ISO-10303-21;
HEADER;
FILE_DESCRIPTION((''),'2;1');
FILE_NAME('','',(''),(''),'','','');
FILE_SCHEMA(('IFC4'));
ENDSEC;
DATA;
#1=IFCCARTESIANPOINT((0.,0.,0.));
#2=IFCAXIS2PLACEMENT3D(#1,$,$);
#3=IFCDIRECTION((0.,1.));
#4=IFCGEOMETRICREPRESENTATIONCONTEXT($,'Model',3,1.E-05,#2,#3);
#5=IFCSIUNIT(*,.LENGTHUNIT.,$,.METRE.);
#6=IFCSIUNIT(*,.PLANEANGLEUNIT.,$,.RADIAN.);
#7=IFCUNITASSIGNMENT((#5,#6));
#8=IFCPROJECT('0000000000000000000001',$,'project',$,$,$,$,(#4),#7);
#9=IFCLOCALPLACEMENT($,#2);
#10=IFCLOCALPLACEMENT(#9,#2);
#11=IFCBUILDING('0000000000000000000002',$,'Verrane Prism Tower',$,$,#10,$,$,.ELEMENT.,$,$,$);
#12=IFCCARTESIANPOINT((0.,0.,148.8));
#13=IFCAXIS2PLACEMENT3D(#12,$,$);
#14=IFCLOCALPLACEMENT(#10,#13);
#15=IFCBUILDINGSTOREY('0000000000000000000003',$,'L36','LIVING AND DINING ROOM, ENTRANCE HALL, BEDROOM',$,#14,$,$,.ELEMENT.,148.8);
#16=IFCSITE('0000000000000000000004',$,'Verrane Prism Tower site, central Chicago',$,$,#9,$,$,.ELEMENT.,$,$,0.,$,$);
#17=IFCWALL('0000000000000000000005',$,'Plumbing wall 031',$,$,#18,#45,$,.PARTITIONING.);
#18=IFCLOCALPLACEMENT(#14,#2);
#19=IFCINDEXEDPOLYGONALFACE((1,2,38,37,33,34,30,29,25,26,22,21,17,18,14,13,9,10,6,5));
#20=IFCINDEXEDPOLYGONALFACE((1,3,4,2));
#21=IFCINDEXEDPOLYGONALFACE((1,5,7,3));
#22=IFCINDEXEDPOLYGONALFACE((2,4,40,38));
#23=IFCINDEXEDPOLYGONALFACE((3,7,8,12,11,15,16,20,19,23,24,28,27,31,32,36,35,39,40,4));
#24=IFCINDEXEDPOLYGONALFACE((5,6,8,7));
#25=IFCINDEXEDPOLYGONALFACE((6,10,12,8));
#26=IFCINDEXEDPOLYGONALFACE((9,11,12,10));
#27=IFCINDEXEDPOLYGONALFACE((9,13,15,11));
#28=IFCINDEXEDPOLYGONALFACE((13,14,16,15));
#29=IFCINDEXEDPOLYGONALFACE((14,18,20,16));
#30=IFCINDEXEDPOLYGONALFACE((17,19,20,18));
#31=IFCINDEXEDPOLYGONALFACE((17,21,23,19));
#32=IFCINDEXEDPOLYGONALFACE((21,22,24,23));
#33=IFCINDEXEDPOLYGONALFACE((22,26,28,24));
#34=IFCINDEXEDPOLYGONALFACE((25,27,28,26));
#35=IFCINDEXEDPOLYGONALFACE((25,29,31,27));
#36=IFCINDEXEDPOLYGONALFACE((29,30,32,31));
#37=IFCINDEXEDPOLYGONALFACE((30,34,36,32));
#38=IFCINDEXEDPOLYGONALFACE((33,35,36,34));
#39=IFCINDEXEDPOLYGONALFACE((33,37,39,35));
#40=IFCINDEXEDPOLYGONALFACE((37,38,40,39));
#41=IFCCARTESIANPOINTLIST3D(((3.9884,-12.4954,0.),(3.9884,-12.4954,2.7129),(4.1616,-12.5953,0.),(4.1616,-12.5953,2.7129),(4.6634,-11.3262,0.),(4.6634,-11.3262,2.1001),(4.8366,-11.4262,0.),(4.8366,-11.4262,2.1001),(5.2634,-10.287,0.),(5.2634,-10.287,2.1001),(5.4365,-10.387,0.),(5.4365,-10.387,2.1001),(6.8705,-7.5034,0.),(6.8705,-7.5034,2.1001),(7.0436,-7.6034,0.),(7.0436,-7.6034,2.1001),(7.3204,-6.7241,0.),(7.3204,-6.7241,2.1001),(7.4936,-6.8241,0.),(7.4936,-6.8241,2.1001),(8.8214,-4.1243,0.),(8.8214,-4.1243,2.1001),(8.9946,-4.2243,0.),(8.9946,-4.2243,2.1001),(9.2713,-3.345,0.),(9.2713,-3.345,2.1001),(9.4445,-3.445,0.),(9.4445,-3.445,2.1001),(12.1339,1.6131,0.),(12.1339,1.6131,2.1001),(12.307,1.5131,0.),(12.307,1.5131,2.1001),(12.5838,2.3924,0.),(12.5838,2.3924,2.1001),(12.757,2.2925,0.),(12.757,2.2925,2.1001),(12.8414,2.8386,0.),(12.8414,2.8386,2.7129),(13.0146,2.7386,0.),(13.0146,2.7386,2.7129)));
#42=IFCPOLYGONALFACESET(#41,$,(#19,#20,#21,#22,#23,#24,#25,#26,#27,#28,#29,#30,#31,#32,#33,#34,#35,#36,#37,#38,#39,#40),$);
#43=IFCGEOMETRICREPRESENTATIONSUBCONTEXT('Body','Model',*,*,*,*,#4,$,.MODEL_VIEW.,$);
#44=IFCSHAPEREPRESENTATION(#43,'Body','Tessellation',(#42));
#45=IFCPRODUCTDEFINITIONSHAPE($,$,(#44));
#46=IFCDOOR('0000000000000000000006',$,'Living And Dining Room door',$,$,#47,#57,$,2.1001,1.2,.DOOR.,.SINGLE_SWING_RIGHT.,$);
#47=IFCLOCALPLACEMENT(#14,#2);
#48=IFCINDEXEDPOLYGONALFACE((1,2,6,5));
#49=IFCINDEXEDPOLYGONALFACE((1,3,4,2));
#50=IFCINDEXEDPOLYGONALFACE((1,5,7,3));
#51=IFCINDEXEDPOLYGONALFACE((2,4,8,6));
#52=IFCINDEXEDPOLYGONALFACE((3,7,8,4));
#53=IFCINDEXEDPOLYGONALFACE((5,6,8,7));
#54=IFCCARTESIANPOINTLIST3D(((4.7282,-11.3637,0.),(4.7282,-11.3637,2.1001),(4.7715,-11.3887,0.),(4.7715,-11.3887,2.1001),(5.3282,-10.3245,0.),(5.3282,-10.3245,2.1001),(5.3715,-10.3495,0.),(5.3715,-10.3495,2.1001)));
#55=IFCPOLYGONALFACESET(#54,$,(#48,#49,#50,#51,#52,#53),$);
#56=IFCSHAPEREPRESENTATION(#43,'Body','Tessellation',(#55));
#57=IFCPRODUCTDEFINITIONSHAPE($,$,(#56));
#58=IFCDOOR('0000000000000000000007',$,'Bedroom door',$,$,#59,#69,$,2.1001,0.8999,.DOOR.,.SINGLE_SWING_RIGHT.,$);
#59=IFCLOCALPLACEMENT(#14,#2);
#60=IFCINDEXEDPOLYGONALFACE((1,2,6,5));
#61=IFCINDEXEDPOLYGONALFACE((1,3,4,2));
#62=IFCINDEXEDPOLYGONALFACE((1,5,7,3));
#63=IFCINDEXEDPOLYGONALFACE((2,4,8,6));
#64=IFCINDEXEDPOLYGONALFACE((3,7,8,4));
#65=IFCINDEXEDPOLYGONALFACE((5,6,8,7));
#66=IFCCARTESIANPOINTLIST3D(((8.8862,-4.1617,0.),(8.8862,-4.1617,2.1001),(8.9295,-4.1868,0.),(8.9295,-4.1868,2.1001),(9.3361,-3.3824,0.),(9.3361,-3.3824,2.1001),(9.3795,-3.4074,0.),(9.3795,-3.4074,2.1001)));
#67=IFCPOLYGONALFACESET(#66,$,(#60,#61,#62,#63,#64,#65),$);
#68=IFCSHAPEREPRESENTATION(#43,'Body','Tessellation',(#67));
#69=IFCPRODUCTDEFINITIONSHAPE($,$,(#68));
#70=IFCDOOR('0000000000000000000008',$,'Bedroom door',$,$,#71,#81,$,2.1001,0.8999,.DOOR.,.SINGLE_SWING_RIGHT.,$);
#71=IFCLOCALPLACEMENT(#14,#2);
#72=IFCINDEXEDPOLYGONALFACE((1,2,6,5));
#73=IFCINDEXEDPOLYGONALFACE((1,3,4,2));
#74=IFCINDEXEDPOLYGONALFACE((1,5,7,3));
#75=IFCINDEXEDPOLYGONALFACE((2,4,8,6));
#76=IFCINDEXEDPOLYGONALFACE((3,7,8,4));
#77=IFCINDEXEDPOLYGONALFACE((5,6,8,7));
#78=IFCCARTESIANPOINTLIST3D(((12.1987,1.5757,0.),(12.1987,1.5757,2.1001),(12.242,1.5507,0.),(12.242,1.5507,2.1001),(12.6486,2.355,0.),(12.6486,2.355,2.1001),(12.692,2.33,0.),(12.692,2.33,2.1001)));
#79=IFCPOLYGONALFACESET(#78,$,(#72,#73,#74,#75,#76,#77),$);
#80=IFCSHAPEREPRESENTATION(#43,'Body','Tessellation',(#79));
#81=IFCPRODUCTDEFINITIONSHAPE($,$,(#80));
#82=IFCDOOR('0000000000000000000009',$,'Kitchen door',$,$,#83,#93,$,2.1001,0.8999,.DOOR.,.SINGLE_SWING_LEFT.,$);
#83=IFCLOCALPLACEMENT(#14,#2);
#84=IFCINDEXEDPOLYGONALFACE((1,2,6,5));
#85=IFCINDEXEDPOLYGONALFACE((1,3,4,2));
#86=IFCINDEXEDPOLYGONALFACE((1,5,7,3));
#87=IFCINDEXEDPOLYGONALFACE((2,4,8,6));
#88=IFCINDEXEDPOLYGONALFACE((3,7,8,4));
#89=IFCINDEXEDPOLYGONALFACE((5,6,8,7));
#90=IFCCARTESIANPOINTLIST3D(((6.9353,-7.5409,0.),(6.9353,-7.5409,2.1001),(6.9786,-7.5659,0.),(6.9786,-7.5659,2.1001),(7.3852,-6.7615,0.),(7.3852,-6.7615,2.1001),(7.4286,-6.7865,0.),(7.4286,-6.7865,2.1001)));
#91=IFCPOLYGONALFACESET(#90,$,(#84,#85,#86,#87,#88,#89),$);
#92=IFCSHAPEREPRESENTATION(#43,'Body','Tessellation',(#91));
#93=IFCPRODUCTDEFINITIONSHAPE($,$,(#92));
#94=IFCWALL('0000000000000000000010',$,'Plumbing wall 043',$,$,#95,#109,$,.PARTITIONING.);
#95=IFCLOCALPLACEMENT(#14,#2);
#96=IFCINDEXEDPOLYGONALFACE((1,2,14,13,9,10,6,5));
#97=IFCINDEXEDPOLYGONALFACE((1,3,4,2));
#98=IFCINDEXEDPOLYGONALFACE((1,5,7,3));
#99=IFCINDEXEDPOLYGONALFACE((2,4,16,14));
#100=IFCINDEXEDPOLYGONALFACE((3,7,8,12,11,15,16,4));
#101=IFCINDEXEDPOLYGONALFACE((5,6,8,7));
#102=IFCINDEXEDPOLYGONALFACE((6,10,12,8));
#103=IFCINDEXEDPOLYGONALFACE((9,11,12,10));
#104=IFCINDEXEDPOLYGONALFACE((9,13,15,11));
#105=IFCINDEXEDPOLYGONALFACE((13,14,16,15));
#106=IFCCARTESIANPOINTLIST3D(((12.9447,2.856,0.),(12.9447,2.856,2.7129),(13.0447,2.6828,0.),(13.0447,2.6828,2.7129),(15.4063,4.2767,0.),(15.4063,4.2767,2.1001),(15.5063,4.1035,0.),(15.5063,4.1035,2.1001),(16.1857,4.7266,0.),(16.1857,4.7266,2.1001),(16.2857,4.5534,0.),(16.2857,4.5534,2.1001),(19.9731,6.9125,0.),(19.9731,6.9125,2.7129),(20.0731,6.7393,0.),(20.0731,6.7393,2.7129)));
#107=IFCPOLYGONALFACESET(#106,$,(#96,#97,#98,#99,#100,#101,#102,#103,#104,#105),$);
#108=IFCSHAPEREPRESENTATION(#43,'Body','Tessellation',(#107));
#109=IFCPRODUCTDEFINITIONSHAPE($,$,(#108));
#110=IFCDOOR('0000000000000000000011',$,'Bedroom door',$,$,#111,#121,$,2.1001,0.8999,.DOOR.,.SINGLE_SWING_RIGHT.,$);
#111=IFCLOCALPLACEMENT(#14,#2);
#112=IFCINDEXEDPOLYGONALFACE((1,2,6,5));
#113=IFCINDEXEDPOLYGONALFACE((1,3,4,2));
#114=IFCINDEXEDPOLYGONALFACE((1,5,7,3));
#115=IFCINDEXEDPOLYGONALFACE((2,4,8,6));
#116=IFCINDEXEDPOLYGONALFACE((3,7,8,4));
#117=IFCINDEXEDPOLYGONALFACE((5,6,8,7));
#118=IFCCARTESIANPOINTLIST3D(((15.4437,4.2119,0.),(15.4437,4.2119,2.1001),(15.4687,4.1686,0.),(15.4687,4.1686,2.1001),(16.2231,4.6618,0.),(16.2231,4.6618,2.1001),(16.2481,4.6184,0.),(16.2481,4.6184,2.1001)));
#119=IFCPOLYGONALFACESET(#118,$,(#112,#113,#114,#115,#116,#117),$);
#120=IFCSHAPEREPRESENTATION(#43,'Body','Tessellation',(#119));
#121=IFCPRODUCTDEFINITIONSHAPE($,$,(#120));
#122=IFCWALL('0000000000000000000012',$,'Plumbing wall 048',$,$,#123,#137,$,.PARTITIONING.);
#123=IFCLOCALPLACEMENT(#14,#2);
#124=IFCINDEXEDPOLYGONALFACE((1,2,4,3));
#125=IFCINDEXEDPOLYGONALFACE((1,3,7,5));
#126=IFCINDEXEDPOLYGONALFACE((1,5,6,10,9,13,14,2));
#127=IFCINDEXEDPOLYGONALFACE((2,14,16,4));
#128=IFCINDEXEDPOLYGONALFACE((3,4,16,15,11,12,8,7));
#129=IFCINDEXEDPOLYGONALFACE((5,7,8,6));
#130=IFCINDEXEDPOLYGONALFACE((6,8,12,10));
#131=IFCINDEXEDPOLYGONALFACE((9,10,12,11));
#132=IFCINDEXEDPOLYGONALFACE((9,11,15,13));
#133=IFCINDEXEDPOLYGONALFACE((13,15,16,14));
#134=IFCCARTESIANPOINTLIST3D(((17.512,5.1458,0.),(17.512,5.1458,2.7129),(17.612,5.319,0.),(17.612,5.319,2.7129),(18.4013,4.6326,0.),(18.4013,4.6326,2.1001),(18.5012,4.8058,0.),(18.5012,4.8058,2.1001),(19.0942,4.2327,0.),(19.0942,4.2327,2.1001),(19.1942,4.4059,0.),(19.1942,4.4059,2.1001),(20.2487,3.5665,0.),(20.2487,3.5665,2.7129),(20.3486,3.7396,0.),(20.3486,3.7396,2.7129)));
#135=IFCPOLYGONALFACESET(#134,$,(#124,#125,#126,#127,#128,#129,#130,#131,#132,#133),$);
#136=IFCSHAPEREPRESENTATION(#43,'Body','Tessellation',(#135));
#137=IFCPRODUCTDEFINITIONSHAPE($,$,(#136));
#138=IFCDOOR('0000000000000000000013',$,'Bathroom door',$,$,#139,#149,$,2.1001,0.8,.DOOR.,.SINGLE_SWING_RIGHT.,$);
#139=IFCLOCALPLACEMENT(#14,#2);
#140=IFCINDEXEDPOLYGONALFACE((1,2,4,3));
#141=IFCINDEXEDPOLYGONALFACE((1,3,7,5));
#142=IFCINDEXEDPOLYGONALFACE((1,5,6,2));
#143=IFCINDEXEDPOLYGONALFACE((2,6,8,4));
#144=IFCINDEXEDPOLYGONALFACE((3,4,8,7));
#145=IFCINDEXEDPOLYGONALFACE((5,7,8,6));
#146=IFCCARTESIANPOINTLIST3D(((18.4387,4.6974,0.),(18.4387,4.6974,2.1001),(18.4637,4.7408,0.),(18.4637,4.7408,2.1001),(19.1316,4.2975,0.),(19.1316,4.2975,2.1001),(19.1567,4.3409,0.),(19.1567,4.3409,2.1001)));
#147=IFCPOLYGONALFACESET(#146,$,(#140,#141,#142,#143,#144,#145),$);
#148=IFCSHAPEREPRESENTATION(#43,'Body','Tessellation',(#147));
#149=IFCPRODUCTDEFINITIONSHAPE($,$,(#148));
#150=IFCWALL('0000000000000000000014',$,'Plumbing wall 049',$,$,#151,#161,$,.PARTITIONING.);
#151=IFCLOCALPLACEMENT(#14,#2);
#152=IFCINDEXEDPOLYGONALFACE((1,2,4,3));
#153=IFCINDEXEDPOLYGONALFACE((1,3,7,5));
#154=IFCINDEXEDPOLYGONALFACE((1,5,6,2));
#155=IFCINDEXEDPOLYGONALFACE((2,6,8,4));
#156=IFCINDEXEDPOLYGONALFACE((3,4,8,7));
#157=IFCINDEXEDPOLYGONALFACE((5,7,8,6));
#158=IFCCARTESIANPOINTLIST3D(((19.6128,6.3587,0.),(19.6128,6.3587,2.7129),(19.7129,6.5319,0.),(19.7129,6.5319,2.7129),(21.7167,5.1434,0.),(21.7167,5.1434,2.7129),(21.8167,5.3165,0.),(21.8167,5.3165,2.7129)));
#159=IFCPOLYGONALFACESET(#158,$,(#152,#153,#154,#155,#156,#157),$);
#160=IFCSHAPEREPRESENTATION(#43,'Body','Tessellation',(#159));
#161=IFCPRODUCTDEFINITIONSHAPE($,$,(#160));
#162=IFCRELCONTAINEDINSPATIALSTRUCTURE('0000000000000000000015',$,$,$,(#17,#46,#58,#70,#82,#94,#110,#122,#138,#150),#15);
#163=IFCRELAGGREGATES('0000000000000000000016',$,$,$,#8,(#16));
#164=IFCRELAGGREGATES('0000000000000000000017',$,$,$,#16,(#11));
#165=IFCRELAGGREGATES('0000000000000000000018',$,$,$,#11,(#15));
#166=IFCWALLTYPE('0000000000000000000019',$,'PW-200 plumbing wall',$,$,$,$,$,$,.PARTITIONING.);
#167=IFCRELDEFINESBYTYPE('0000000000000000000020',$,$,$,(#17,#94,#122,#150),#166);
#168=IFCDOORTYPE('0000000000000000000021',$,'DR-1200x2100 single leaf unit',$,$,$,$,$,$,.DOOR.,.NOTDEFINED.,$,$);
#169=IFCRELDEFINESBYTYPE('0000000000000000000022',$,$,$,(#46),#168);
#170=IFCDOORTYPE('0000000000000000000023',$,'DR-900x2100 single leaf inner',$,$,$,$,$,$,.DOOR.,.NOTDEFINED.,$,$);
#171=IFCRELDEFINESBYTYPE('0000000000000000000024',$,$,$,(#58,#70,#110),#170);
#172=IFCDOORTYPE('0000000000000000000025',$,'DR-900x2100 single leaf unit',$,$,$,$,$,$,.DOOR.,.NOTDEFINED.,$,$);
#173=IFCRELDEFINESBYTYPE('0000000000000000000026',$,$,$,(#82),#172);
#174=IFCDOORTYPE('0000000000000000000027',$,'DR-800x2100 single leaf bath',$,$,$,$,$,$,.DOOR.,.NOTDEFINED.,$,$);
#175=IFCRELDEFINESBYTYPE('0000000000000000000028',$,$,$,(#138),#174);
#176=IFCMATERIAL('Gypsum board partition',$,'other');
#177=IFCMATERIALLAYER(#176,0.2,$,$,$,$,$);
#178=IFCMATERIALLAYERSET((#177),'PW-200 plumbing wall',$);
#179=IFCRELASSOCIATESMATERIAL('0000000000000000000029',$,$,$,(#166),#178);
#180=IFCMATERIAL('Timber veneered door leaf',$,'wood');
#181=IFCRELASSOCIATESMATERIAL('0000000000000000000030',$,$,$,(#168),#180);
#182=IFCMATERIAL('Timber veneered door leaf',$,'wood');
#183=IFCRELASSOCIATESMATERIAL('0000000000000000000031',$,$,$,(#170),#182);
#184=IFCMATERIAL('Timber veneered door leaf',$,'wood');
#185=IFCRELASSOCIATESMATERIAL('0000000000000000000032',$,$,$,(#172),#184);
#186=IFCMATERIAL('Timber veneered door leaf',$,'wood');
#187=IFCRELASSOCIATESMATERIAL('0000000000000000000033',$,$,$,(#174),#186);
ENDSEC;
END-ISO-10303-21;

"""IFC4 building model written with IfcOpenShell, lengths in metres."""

from ifc_helpers import new_model, si_unit, direction, frame, frame_2d, origin, place, context, subcontext, project, spatial, rectangle, extrude, material, layer, layer_set, type_object, element, fill, save


model = new_model("IFC4")

# Units and contexts
model_context = context("Model", 3, precision=1e-05, world=origin(), true_north=direction((0.0, 1.0)))
body_context = subcontext(model_context, "Body", "Model", "MODEL_VIEW")
ifc_project = project(units=[si_unit("LENGTHUNIT", "METRE"), si_unit("PLANEANGLEUNIT", "RADIAN")], contexts=[model_context])

# Site, building, storey
site_placement = place(None, origin())
site = spatial("IfcSite", under=ifc_project, at=site_placement, Name="Verrane Prism Tower site, central Chicago", CompositionType="ELEMENT", RefElevation=0.0)
building_placement = place(site_placement, origin())
building = spatial("IfcBuilding", under=site, at=building_placement, Name="Verrane Prism Tower", CompositionType="ELEMENT")
storey_placement = place(building_placement, frame((0.0, 0.0, 148.8)))
storey = spatial("IfcBuildingStorey", under=building, at=storey_placement, Name="L36", Description="LIVING AND DINING ROOM, ENTRANCE HALL, BEDROOM", CompositionType="ELEMENT", Elevation=148.8)

# Wall, openings, doors
ifc_material_1 = material(Name="Gypsum board partition", Category="other")
ifc_layer_1 = layer(ifc_material_1, 0.2)
ifc_layer_set_1 = layer_set([ifc_layer_1], Name="PW-200 plumbing wall")
wall_type_1 = type_object("IfcWallType", Name="PW-200 plumbing wall", PredefinedType="PARTITIONING", material=ifc_layer_set_1)
wall_1_placement = place(storey_placement, frame((12.928, 2.7886, 0.0), z_axis=(0.0, 0.0, 1.0), x_axis=(-0.499998, -0.866027, 0.0)))
wall_1 = element("IfcWall", 1, at=wall_1_placement, inside=storey, type_object=wall_type_1, Name="Plumbing wall 031", PredefinedType="PARTITIONING", context=body_context, shape_type="SweptSolid", body=[
    extrude(rectangle(XDim=17.7061, YDim=0.2, at=frame_2d((8.853, 0.0))), origin(), (0.0, 0.0, 1.0), 2.7129),
])
opening_1_placement = place(wall_1_placement, frame((15.156, 0.0, 0.0)))
opening_1 = element("IfcOpeningElement", 2, at=opening_1_placement, cuts=wall_1, PredefinedType="OPENING", context=body_context, shape_type="SweptSolid", body=[
    extrude(rectangle(XDim=1.2, YDim=2.1001, at=frame_2d((0.6001, 1.05))), frame((0.0, 0.1099, 0.0), z_axis=(0.0, -1.0, 0.0), x_axis=(1.0, 0.0, 0.0)), (0.0, 0.0, 1.0), 0.22),
])
opening_2_placement = place(wall_1_placement, frame((11.042, 0.0, 0.0)))
opening_2 = element("IfcOpeningElement", 3, at=opening_2_placement, cuts=wall_1, PredefinedType="OPENING", context=body_context, shape_type="SweptSolid", body=[
    extrude(rectangle(XDim=0.8999, YDim=2.1001, at=frame_2d((0.45, 1.05))), frame((0.0, 0.1099, 0.0), z_axis=(0.0, -1.0, 0.0), x_axis=(1.0, 0.0, 0.0)), (0.0, 0.0, 1.0), 0.22),
])
opening_3_placement = place(wall_1_placement, frame((7.1401, 0.0, 0.0)))
opening_3 = element("IfcOpeningElement", 4, at=opening_3_placement, cuts=wall_1, PredefinedType="OPENING", context=body_context, shape_type="SweptSolid", body=[
    extrude(rectangle(XDim=0.8999, YDim=2.1001, at=frame_2d((0.45, 1.05))), frame((0.0, 0.1099, 0.0), z_axis=(0.0, -1.0, 0.0), x_axis=(1.0, 0.0, 0.0)), (0.0, 0.0, 1.0), 0.22),
])
opening_4_placement = place(wall_1_placement, frame((0.5151, 0.0, 0.0)))
opening_4 = element("IfcOpeningElement", 5, at=opening_4_placement, cuts=wall_1, PredefinedType="OPENING", context=body_context, shape_type="SweptSolid", body=[
    extrude(rectangle(XDim=0.8999, YDim=2.1001, at=frame_2d((0.45, 1.05))), frame((0.0, 0.1099, 0.0), z_axis=(0.0, -1.0, 0.0), x_axis=(1.0, 0.0, 0.0)), (0.0, 0.0, 1.0), 0.22),
])
ifc_material_2 = material(Name="Timber veneered door leaf", Category="wood")
door_type_1 = type_object("IfcDoorType", Name="DR-1200x2100 single leaf unit", OperationType="NOTDEFINED", PredefinedType="DOOR", material=ifc_material_2)
door_1_placement = place(opening_1_placement, origin())
door_1 = element("IfcDoor", 6, at=door_1_placement, inside=storey, type_object=door_type_1, Name="Living And Dining Room door", OperationType="SINGLE_SWING_RIGHT", OverallHeight=2.1001, OverallWidth=1.2, PredefinedType="DOOR", context=body_context, shape_type="SweptSolid", body=[
    extrude(rectangle(XDim=1.2, YDim=2.1001, at=frame_2d((0.6001, 1.05))), frame((0.0, 0.0249, 0.0), z_axis=(0.0, -1.0, 0.0), x_axis=(1.0, 0.0, 0.0)), (0.0, 0.0, 1.0), 0.05),
])
fill(opening_1, door_1)
ifc_material_3 = material(Name="Timber veneered door leaf", Category="wood")
door_type_2 = type_object("IfcDoorType", Name="DR-900x2100 single leaf inner", OperationType="NOTDEFINED", PredefinedType="DOOR", material=ifc_material_3)
door_2_placement = place(opening_3_placement, origin())
door_2 = element("IfcDoor", 7, at=door_2_placement, inside=storey, type_object=door_type_2, Name="Bedroom door", OperationType="SINGLE_SWING_RIGHT", OverallHeight=2.1001, OverallWidth=0.8999, PredefinedType="DOOR", context=body_context, shape_type="SweptSolid", body=[
    extrude(rectangle(XDim=0.8999, YDim=2.1001, at=frame_2d((0.45, 1.05))), frame((0.0, 0.0249, 0.0), z_axis=(0.0, -1.0, 0.0), x_axis=(1.0, 0.0, 0.0)), (0.0, 0.0, 1.0), 0.05),
])
fill(opening_3, door_2)
door_3_placement = place(opening_4_placement, origin())
door_3 = element("IfcDoor", 8, at=door_3_placement, inside=storey, type_object=door_type_2, Name="Bedroom door", OperationType="SINGLE_SWING_RIGHT", OverallHeight=2.1001, OverallWidth=0.8999, PredefinedType="DOOR", context=body_context, shape_type="SweptSolid", body=[
    extrude(rectangle(XDim=0.8999, YDim=2.1001, at=frame_2d((0.45, 1.05))), frame((0.0, 0.0249, 0.0), z_axis=(0.0, -1.0, 0.0), x_axis=(1.0, 0.0, 0.0)), (0.0, 0.0, 1.0), 0.05),
])
fill(opening_4, door_3)
ifc_material_4 = material(Name="Timber veneered door leaf", Category="wood")
door_type_3 = type_object("IfcDoorType", Name="DR-900x2100 single leaf unit", OperationType="NOTDEFINED", PredefinedType="DOOR", material=ifc_material_4)
door_4_placement = place(opening_2_placement, origin())
door_4 = element("IfcDoor", 9, at=door_4_placement, inside=storey, type_object=door_type_3, Name="Kitchen door", OperationType="SINGLE_SWING_LEFT", OverallHeight=2.1001, OverallWidth=0.8999, PredefinedType="DOOR", context=body_context, shape_type="SweptSolid", body=[
    extrude(rectangle(XDim=0.8999, YDim=2.1001, at=frame_2d((0.45, 1.05))), frame((0.0, 0.0249, 0.0), z_axis=(0.0, -1.0, 0.0), x_axis=(1.0, 0.0, 0.0)), (0.0, 0.0, 1.0), 0.05),
])
fill(opening_2, door_4)

# Walls, openings, doors
wall_2_placement = place(storey_placement, frame((20.0232, 6.8259, 0.0), z_axis=(0.0, 0.0, 1.0), x_axis=(-0.8661, -0.49987, 0.0)))
wall_2 = element("IfcWall", 10, at=wall_2_placement, inside=storey, type_object=wall_type_1, Name="Plumbing wall 043", PredefinedType="PARTITIONING", context=body_context, shape_type="SweptSolid", body=[
    extrude(rectangle(XDim=8.115, YDim=0.2, at=frame_2d((4.0576, 0.0))), origin(), (0.0, 0.0, 1.0), 2.7129),
])
opening_5_placement = place(wall_2_placement, frame((4.373, 0.0, 0.0)))
opening_5 = element("IfcOpeningElement", 11, at=opening_5_placement, cuts=wall_2, PredefinedType="OPENING", context=body_context, shape_type="SweptSolid", body=[
    extrude(rectangle(XDim=0.8999, YDim=2.1001, at=frame_2d((0.45, 1.05))), frame((0.0, 0.1099, 0.0), z_axis=(0.0, -1.0, 0.0), x_axis=(1.0, 0.0, 0.0)), (0.0, 0.0, 1.0), 0.22),
])
door_5_placement = place(opening_5_placement, origin())
door_5 = element("IfcDoor", 12, at=door_5_placement, inside=storey, type_object=door_type_2, Name="Bedroom door", OperationType="SINGLE_SWING_RIGHT", OverallHeight=2.1001, OverallWidth=0.8999, PredefinedType="DOOR", context=body_context, shape_type="SweptSolid", body=[
    extrude(rectangle(XDim=0.8999, YDim=2.1001, at=frame_2d((0.45, 1.05))), frame((0.0, 0.0249, 0.0), z_axis=(0.0, -1.0, 0.0), x_axis=(1.0, 0.0, 0.0)), (0.0, 0.0, 1.0), 0.05),
])
fill(opening_5, door_5)
wall_3_placement = place(storey_placement, frame((17.562, 5.2324, 0.0), z_axis=(0.0, 0.0, 1.0), x_axis=(0.86611, -0.499854, 0.0)))
wall_3 = element("IfcWall", 13, at=wall_3_placement, inside=storey, type_object=wall_type_1, Name="Plumbing wall 048", PredefinedType="PARTITIONING", context=body_context, shape_type="SweptSolid", body=[
    extrude(rectangle(XDim=3.1597, YDim=0.2, at=frame_2d((1.5798, 0.0))), origin(), (0.0, 0.0, 1.0), 2.7129),
])
opening_6_placement = place(wall_3_placement, frame((1.0269, 0.0, 0.0)))
opening_6 = element("IfcOpeningElement", 14, at=opening_6_placement, cuts=wall_3, PredefinedType="OPENING", context=body_context, shape_type="SweptSolid", body=[
    extrude(rectangle(XDim=0.8, YDim=2.1001, at=frame_2d((0.3999, 1.05))), frame((0.0, 0.1099, 0.0), z_axis=(0.0, -1.0, 0.0), x_axis=(1.0, 0.0, 0.0)), (0.0, 0.0, 1.0), 0.22),
])
ifc_material_5 = material(Name="Timber veneered door leaf", Category="wood")
door_type_4 = type_object("IfcDoorType", Name="DR-800x2100 single leaf bath", OperationType="NOTDEFINED", PredefinedType="DOOR", material=ifc_material_5)
door_6_placement = place(opening_6_placement, origin())
door_6 = element("IfcDoor", 15, at=door_6_placement, inside=storey, type_object=door_type_4, Name="Bathroom door", OperationType="SINGLE_SWING_RIGHT", OverallHeight=2.1001, OverallWidth=0.8, PredefinedType="DOOR", context=body_context, shape_type="SweptSolid", body=[
    extrude(rectangle(XDim=0.8, YDim=2.1001, at=frame_2d((0.3999, 1.05))), frame((0.0, 0.0249, 0.0), z_axis=(0.0, -1.0, 0.0), x_axis=(1.0, 0.0, 0.0)), (0.0, 0.0, 1.0), 0.05),
])
fill(opening_6, door_6)

# Wall
wall_4_placement = place(storey_placement, frame((19.6628, 6.4453, 0.0), z_axis=(0.0, 0.0, 1.0), x_axis=(0.865896, -0.500224, 0.0)))
element("IfcWall", 16, at=wall_4_placement, inside=storey, type_object=wall_type_1, Name="Plumbing wall 049", PredefinedType="PARTITIONING", context=body_context, shape_type="SweptSolid", body=[
    extrude(rectangle(XDim=2.4297, YDim=0.2, at=frame_2d((1.2148, 0.0))), origin(), (0.0, 0.0, 1.0), 2.7129),
])

save(model, "model.ifc")
